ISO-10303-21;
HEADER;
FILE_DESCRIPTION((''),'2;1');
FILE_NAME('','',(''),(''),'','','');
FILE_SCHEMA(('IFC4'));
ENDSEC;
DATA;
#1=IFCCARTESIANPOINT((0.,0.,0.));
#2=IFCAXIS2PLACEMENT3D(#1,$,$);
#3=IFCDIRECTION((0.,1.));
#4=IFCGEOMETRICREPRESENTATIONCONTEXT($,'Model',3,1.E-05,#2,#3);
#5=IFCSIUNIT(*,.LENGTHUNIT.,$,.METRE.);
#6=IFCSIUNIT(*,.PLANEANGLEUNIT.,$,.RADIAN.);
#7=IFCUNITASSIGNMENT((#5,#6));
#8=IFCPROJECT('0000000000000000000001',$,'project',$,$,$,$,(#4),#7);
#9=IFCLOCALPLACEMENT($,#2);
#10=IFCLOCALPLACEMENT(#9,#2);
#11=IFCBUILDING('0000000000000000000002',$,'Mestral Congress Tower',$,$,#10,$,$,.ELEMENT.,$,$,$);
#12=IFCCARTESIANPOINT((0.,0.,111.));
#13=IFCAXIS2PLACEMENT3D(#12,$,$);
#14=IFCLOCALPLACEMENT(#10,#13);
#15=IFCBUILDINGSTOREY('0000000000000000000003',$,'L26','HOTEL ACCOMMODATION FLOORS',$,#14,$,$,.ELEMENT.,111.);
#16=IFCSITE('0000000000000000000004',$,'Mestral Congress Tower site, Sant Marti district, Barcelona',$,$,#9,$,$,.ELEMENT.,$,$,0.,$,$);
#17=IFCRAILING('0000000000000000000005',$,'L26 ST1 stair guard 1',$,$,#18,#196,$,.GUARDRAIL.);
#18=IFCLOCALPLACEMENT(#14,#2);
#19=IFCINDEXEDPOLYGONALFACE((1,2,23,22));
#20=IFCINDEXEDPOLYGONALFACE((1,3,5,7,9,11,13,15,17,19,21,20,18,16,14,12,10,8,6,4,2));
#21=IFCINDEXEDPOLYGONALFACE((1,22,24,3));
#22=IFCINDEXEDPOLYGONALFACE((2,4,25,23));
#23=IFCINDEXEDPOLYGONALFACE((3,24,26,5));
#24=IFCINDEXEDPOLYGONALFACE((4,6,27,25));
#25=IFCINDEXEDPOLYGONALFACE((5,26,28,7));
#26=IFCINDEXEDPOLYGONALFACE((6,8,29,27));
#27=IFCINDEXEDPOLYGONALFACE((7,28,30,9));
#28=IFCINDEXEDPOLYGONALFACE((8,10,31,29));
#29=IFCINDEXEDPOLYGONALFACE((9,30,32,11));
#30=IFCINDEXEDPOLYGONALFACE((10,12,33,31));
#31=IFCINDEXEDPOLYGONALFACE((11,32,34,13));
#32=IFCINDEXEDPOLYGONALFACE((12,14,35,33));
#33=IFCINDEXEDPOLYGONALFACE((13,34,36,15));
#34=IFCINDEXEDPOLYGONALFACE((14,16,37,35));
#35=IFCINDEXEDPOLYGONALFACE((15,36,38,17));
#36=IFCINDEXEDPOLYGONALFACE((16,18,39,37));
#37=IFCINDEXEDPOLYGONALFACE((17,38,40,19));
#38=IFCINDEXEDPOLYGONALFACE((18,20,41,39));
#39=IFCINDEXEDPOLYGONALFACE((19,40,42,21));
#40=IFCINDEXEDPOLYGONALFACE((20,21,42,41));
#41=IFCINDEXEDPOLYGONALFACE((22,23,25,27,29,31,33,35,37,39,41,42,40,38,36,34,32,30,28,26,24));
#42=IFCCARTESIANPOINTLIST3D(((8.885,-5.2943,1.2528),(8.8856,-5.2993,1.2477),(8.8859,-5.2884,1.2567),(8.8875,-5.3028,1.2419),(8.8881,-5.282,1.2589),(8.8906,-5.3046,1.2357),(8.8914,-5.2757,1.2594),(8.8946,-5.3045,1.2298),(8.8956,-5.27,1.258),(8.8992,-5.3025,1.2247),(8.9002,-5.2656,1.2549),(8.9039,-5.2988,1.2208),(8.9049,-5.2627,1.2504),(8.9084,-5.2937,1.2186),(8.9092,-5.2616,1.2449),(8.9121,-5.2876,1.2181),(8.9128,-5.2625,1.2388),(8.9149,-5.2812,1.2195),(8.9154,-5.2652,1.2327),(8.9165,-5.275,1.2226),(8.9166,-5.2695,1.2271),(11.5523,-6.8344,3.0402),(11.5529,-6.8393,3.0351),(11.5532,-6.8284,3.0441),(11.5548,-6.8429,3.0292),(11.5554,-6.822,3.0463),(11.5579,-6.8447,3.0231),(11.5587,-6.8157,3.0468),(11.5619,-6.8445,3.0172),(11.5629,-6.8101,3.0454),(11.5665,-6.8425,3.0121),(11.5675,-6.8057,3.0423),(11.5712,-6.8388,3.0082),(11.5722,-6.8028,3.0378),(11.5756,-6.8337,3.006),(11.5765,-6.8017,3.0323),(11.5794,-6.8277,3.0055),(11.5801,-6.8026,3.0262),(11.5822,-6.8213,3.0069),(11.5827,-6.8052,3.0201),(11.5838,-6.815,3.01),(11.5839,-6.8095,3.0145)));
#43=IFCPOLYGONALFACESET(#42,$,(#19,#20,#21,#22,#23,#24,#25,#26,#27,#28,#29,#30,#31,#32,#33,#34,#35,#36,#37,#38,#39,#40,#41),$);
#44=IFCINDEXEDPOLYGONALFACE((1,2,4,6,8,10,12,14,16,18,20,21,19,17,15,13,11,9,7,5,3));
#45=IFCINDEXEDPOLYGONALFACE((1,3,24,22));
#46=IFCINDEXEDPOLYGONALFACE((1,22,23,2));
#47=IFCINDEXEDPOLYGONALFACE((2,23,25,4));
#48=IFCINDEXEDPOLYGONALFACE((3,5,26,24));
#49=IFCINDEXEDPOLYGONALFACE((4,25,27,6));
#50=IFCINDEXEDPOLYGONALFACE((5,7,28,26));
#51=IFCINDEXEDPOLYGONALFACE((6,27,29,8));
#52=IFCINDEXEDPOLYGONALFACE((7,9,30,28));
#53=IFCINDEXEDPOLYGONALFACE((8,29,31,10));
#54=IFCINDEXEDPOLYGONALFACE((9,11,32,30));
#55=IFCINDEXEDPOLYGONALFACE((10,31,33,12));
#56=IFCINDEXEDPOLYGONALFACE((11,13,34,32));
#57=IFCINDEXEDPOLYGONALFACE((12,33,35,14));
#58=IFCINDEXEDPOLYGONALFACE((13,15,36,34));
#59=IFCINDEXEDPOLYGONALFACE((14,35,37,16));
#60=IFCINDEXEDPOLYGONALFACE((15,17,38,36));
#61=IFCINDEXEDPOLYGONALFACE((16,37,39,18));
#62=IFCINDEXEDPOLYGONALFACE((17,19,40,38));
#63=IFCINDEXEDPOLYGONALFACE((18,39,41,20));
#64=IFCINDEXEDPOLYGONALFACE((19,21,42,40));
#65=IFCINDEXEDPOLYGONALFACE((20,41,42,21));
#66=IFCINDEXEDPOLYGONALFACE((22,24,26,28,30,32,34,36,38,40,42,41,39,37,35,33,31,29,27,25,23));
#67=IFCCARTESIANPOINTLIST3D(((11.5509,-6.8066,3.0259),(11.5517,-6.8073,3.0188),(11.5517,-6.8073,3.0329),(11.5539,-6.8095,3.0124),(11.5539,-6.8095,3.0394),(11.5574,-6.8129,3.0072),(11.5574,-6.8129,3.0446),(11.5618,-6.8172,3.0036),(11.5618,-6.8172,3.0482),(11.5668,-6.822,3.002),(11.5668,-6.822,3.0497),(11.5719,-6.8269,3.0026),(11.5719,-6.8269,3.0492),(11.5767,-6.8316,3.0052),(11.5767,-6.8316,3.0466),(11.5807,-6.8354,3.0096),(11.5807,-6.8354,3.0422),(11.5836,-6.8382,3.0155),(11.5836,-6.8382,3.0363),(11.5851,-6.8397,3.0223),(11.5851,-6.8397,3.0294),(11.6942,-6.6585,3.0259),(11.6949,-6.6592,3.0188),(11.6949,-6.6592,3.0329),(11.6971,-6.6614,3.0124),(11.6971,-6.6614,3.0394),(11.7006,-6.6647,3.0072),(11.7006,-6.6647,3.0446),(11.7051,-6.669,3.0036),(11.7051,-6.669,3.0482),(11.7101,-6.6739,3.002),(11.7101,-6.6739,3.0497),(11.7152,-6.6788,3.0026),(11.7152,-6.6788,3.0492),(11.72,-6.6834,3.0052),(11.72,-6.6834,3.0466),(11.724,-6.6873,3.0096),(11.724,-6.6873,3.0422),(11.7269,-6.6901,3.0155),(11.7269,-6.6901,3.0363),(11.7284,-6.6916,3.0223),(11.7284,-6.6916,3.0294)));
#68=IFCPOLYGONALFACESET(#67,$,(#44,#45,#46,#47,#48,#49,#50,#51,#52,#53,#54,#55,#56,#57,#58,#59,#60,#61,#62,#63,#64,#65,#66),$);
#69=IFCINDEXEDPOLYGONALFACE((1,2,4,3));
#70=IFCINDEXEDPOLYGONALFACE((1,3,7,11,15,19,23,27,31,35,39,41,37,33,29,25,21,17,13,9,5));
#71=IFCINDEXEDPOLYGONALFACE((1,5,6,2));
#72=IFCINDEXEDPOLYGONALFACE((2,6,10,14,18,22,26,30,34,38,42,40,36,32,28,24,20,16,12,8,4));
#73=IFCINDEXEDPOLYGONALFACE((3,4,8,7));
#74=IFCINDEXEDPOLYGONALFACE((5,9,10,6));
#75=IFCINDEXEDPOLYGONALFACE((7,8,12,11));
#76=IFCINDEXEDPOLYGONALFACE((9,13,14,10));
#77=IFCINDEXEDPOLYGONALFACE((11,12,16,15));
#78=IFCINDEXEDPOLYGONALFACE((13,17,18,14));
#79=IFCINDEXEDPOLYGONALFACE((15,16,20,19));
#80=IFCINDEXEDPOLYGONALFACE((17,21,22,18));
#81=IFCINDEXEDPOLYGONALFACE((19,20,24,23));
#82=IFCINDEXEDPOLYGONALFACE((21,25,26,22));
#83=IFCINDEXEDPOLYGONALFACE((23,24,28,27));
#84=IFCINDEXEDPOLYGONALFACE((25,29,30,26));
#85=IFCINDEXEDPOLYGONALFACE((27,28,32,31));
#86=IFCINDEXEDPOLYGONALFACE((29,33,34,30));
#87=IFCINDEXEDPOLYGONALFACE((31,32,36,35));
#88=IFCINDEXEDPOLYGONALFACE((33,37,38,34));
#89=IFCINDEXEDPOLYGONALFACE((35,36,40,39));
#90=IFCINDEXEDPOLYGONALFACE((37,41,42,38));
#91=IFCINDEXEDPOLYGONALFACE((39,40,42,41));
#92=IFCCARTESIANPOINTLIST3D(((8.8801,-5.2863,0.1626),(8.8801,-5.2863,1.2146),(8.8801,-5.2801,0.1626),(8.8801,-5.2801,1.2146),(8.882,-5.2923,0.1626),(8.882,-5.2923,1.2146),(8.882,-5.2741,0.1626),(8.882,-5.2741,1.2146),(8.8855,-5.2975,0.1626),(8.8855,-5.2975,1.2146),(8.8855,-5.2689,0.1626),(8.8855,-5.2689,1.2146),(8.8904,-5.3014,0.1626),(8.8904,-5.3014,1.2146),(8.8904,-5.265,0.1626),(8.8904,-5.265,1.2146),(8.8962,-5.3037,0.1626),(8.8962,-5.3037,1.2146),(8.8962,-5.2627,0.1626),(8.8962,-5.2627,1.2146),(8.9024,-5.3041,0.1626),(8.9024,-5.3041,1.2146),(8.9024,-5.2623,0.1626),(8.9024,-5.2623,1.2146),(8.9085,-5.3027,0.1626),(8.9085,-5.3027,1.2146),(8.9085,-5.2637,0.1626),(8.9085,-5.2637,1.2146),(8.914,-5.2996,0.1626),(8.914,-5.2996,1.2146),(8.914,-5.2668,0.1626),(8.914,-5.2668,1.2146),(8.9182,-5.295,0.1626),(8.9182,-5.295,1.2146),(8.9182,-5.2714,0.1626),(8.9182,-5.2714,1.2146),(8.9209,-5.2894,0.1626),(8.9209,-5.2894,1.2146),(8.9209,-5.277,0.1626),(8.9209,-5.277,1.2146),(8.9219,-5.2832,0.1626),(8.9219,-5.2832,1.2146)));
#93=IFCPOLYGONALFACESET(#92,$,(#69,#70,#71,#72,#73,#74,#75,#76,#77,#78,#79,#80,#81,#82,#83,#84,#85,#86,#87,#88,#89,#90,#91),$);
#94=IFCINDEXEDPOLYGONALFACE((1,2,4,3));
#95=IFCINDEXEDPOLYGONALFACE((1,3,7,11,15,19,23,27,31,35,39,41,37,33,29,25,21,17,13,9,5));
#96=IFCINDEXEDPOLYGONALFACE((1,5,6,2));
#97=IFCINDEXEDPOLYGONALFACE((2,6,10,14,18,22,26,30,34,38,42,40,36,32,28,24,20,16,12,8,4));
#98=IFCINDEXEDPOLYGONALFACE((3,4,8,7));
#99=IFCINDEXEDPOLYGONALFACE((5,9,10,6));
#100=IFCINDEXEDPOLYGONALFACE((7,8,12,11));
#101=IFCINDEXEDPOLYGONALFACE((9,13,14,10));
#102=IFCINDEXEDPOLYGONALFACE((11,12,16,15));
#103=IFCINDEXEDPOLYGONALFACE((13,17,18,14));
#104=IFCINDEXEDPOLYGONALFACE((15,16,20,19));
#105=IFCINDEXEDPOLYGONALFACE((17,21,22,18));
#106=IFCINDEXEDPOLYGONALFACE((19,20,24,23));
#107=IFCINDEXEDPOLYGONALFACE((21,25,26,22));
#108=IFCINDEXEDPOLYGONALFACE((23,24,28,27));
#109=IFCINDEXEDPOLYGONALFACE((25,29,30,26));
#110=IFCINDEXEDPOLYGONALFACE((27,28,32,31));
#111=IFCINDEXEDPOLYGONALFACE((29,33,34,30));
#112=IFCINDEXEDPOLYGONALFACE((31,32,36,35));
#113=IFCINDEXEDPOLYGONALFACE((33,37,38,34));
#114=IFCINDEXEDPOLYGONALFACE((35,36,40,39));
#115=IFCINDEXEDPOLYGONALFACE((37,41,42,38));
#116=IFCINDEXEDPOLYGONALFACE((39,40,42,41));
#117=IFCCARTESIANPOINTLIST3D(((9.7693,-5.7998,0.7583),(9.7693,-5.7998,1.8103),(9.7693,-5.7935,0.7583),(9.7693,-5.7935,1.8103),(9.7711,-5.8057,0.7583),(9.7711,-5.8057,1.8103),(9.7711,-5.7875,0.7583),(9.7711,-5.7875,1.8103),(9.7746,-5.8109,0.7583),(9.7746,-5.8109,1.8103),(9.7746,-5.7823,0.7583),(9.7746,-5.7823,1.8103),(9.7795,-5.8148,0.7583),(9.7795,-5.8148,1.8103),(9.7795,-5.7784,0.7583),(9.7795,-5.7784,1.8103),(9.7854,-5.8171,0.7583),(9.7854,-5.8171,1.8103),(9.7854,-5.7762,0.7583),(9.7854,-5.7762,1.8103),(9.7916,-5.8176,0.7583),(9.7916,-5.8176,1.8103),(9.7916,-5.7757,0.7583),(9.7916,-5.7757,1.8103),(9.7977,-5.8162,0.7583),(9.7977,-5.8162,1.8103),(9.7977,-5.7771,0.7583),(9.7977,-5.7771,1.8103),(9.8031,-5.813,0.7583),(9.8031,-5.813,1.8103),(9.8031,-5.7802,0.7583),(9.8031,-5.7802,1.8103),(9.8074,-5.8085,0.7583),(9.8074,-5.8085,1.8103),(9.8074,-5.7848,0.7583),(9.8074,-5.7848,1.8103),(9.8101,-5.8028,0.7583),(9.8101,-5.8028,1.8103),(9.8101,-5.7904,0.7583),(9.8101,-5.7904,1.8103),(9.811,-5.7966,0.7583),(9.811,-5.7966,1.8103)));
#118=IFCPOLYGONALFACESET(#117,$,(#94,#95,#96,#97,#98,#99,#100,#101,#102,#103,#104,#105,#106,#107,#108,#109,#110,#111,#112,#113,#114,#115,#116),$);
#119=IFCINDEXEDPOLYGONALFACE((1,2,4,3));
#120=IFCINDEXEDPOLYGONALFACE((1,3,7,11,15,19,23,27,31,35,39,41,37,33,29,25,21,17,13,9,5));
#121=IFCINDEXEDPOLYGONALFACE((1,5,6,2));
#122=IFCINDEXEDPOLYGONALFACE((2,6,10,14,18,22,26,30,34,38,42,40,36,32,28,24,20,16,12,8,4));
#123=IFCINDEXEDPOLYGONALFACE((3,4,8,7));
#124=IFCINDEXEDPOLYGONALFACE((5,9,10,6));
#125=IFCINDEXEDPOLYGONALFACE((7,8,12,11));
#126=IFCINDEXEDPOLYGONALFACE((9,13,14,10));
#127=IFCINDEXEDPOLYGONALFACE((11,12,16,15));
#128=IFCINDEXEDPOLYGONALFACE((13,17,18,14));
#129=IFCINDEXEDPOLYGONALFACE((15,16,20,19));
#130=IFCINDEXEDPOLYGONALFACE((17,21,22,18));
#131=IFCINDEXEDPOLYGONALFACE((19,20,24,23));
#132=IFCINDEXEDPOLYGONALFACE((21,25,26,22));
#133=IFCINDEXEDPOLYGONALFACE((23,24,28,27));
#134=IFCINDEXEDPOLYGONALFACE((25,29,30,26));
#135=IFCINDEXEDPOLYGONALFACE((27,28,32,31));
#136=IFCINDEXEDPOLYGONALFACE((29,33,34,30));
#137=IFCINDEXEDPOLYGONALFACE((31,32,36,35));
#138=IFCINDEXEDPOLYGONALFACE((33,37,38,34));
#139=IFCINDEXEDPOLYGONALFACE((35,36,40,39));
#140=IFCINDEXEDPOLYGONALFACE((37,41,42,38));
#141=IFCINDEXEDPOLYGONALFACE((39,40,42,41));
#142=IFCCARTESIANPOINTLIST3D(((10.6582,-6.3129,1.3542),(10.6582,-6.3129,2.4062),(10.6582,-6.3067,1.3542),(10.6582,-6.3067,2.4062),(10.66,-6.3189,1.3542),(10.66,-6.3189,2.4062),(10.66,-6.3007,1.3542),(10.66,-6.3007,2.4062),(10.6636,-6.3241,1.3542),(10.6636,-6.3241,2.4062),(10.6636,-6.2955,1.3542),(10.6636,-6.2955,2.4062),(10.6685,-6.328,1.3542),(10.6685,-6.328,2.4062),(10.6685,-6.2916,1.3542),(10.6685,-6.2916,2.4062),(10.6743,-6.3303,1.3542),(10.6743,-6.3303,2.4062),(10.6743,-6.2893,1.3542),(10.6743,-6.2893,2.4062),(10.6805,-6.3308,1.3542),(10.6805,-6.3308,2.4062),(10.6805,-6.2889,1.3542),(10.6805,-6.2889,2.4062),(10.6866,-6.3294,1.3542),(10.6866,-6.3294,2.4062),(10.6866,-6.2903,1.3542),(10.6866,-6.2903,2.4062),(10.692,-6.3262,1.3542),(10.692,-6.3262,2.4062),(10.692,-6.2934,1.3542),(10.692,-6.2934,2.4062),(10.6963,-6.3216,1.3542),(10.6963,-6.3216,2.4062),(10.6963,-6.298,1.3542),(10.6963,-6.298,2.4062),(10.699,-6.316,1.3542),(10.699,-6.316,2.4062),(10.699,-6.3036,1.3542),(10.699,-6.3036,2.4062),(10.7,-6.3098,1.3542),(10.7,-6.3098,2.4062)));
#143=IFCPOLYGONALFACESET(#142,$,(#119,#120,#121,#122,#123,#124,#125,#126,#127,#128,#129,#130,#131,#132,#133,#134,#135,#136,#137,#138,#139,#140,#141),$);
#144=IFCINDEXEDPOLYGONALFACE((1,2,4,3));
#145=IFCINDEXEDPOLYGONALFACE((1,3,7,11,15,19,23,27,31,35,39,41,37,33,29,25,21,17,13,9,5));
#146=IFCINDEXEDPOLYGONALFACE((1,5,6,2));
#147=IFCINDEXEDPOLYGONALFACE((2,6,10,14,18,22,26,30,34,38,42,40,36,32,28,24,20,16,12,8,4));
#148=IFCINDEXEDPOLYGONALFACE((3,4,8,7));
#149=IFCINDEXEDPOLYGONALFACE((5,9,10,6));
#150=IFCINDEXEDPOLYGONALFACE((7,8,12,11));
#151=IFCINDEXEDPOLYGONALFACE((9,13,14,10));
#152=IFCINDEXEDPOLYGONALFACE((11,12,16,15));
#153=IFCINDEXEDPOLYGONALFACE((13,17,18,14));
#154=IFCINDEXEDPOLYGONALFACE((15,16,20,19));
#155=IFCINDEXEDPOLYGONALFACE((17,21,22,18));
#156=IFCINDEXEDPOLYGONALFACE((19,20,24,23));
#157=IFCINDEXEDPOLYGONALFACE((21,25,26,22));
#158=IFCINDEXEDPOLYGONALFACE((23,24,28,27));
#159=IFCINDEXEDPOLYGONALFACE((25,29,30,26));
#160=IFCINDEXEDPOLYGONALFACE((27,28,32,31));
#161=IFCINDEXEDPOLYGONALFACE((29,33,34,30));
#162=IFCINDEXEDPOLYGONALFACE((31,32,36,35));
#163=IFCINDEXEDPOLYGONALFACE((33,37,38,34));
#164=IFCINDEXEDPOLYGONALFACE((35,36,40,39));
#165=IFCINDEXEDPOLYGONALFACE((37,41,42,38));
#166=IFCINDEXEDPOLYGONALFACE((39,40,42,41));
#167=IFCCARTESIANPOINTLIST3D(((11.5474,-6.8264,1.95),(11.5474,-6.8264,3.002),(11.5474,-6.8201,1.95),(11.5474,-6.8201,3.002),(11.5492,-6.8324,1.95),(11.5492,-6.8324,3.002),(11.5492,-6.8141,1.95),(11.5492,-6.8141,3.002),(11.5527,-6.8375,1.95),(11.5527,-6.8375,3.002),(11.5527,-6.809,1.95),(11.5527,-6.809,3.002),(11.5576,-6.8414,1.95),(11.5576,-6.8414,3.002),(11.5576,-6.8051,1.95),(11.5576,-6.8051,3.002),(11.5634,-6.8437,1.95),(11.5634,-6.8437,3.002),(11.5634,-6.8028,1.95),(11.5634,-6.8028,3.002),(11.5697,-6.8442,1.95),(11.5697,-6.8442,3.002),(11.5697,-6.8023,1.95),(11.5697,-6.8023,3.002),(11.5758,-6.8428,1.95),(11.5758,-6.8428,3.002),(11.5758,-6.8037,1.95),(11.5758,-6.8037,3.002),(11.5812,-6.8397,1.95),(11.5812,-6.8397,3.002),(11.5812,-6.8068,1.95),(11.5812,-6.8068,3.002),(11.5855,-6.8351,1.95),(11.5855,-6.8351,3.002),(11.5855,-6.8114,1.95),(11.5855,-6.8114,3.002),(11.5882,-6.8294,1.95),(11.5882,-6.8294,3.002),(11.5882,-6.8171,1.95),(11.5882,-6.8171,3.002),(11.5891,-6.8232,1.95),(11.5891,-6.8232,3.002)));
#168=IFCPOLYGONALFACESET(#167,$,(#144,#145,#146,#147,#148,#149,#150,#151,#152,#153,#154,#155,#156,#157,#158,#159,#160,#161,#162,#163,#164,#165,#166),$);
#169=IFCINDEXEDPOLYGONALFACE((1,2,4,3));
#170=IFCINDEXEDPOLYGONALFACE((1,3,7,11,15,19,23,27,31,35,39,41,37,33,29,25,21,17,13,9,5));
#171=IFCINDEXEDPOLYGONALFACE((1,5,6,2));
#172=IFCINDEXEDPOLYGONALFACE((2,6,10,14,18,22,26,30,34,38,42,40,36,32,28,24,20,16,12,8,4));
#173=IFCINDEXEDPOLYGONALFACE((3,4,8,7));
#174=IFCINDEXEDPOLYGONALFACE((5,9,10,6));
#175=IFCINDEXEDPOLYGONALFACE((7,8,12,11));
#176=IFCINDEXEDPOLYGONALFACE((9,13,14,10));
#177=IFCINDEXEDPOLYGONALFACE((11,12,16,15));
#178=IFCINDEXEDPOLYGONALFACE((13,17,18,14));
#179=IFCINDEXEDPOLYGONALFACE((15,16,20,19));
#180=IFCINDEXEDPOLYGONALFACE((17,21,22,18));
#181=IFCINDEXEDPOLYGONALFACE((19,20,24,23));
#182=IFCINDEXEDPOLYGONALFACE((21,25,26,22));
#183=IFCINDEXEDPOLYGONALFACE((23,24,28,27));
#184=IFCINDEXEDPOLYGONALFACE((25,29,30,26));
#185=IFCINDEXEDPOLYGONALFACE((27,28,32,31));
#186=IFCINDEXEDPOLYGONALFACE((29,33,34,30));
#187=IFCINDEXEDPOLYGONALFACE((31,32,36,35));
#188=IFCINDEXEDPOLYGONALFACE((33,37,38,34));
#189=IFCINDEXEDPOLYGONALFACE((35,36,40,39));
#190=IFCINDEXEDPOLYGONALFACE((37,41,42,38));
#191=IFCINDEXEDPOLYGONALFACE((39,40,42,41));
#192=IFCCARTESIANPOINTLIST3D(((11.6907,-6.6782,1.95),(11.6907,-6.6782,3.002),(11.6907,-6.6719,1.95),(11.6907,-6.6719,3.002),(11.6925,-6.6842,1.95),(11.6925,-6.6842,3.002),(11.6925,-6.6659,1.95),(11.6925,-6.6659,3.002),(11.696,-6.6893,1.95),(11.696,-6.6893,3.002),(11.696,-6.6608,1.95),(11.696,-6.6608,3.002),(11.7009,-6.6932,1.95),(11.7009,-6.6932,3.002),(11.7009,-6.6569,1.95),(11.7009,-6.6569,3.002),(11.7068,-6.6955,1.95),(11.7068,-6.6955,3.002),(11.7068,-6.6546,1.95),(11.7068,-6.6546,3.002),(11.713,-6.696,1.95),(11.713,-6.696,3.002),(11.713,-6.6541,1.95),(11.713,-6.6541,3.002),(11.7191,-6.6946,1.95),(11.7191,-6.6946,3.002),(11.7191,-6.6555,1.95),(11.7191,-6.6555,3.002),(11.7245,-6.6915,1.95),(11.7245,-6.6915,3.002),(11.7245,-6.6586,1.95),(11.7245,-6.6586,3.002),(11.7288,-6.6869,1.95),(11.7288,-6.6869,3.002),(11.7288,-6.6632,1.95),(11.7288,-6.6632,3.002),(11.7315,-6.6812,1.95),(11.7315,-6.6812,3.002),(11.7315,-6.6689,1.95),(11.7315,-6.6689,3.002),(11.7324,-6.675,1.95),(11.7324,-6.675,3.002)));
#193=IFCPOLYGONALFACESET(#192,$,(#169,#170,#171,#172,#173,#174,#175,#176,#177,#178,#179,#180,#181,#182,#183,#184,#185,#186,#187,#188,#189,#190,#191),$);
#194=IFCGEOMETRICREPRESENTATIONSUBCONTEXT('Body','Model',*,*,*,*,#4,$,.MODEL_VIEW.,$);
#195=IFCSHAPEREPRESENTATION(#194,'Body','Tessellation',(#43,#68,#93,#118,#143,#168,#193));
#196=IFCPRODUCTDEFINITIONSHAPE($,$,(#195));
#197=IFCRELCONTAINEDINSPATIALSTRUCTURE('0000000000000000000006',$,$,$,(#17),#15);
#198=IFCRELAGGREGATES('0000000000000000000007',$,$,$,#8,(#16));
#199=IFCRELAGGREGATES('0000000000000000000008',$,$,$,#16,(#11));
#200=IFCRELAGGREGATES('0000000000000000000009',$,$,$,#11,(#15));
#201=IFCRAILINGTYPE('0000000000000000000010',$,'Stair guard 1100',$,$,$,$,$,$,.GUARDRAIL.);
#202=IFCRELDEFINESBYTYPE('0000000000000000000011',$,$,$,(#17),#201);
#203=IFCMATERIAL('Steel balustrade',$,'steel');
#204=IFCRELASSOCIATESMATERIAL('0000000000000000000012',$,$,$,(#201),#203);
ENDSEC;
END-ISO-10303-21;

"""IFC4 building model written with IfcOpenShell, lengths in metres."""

from ifc_helpers import new_model, si_unit, direction, frame, origin, origin_2d, place, context, subcontext, project, spatial, circle, extrude, material, type_object, element, save


model = new_model("IFC4")

# Units and contexts
model_context = context("Model", 3, precision=1e-05, world=origin(), true_north=direction((0.0, 1.0)))
body_context = subcontext(model_context, "Body", "Model", "MODEL_VIEW")
ifc_project = project(units=[si_unit("LENGTHUNIT", "METRE"), si_unit("PLANEANGLEUNIT", "RADIAN")], contexts=[model_context])

# Site, building, storey
site_placement = place(None, origin())
site = spatial("IfcSite", under=ifc_project, at=site_placement, Name="Mestral Congress Tower site, Sant Marti district, Barcelona", CompositionType="ELEMENT", RefElevation=0.0)
building_placement = place(site_placement, origin())
building = spatial("IfcBuilding", under=site, at=building_placement, Name="Mestral Congress Tower", CompositionType="ELEMENT")
storey_placement = place(building_placement, frame((0.0, 0.0, 111.0)))
storey = spatial("IfcBuildingStorey", under=building, at=storey_placement, Name="L26", Description="HOTEL ACCOMMODATION FLOORS", CompositionType="ELEMENT", Elevation=111.0)

# Railing
ifc_material_1 = material(Name="Steel balustrade", Category="steel")
railing_type_1 = type_object("IfcRailingType", Name="Stair guard 1100", PredefinedType="GUARDRAIL", material=ifc_material_1)
railing_1_placement = place(storey_placement, frame((8.9009, -5.2832, 0.1626)))
element("IfcRailing", 1, at=railing_1_placement, inside=storey, type_object=railing_type_1, Name="L26 ST1 stair guard 1", PredefinedType="GUARDRAIL", context=body_context, shape_type="SweptSolid", body=[
    extrude(circle(Radius=0.0239, at=origin_2d()), frame((0.0, 0.0, 1.0762), z_axis=(0.74902, -0.432477, 0.501929), x_axis=(0.500027, 0.86601, 0.0)), (0.0, 0.0, 1.0), 3.561),
    extrude(circle(Radius=0.0239, at=origin_2d()), frame((2.6672, -1.54, 2.8633), z_axis=(0.695165, 0.71885, 0.0), x_axis=(-0.71885, 0.695165, 0.0)), (0.0, 0.0, 1.0), 0.2061),
    extrude(circle(Radius=0.021, at=origin_2d()), origin(), (0.0, 0.0, 1.0), 1.052),
    extrude(circle(Radius=0.021, at=origin_2d()), frame((0.8892, -0.5134, 0.5957)), (0.0, 0.0, 1.0), 1.052),
    extrude(circle(Radius=0.021, at=origin_2d()), frame((1.7781, -1.0266, 1.1917)), (0.0, 0.0, 1.0), 1.052),
    extrude(circle(Radius=0.021, at=origin_2d()), frame((2.6672, -1.54, 1.7874)), (0.0, 0.0, 1.0), 1.052),
    extrude(circle(Radius=0.021, at=origin_2d()), frame((2.8105, -1.3918, 1.7874)), (0.0, 0.0, 1.0), 1.052),
])

save(model, "model.ifc")
